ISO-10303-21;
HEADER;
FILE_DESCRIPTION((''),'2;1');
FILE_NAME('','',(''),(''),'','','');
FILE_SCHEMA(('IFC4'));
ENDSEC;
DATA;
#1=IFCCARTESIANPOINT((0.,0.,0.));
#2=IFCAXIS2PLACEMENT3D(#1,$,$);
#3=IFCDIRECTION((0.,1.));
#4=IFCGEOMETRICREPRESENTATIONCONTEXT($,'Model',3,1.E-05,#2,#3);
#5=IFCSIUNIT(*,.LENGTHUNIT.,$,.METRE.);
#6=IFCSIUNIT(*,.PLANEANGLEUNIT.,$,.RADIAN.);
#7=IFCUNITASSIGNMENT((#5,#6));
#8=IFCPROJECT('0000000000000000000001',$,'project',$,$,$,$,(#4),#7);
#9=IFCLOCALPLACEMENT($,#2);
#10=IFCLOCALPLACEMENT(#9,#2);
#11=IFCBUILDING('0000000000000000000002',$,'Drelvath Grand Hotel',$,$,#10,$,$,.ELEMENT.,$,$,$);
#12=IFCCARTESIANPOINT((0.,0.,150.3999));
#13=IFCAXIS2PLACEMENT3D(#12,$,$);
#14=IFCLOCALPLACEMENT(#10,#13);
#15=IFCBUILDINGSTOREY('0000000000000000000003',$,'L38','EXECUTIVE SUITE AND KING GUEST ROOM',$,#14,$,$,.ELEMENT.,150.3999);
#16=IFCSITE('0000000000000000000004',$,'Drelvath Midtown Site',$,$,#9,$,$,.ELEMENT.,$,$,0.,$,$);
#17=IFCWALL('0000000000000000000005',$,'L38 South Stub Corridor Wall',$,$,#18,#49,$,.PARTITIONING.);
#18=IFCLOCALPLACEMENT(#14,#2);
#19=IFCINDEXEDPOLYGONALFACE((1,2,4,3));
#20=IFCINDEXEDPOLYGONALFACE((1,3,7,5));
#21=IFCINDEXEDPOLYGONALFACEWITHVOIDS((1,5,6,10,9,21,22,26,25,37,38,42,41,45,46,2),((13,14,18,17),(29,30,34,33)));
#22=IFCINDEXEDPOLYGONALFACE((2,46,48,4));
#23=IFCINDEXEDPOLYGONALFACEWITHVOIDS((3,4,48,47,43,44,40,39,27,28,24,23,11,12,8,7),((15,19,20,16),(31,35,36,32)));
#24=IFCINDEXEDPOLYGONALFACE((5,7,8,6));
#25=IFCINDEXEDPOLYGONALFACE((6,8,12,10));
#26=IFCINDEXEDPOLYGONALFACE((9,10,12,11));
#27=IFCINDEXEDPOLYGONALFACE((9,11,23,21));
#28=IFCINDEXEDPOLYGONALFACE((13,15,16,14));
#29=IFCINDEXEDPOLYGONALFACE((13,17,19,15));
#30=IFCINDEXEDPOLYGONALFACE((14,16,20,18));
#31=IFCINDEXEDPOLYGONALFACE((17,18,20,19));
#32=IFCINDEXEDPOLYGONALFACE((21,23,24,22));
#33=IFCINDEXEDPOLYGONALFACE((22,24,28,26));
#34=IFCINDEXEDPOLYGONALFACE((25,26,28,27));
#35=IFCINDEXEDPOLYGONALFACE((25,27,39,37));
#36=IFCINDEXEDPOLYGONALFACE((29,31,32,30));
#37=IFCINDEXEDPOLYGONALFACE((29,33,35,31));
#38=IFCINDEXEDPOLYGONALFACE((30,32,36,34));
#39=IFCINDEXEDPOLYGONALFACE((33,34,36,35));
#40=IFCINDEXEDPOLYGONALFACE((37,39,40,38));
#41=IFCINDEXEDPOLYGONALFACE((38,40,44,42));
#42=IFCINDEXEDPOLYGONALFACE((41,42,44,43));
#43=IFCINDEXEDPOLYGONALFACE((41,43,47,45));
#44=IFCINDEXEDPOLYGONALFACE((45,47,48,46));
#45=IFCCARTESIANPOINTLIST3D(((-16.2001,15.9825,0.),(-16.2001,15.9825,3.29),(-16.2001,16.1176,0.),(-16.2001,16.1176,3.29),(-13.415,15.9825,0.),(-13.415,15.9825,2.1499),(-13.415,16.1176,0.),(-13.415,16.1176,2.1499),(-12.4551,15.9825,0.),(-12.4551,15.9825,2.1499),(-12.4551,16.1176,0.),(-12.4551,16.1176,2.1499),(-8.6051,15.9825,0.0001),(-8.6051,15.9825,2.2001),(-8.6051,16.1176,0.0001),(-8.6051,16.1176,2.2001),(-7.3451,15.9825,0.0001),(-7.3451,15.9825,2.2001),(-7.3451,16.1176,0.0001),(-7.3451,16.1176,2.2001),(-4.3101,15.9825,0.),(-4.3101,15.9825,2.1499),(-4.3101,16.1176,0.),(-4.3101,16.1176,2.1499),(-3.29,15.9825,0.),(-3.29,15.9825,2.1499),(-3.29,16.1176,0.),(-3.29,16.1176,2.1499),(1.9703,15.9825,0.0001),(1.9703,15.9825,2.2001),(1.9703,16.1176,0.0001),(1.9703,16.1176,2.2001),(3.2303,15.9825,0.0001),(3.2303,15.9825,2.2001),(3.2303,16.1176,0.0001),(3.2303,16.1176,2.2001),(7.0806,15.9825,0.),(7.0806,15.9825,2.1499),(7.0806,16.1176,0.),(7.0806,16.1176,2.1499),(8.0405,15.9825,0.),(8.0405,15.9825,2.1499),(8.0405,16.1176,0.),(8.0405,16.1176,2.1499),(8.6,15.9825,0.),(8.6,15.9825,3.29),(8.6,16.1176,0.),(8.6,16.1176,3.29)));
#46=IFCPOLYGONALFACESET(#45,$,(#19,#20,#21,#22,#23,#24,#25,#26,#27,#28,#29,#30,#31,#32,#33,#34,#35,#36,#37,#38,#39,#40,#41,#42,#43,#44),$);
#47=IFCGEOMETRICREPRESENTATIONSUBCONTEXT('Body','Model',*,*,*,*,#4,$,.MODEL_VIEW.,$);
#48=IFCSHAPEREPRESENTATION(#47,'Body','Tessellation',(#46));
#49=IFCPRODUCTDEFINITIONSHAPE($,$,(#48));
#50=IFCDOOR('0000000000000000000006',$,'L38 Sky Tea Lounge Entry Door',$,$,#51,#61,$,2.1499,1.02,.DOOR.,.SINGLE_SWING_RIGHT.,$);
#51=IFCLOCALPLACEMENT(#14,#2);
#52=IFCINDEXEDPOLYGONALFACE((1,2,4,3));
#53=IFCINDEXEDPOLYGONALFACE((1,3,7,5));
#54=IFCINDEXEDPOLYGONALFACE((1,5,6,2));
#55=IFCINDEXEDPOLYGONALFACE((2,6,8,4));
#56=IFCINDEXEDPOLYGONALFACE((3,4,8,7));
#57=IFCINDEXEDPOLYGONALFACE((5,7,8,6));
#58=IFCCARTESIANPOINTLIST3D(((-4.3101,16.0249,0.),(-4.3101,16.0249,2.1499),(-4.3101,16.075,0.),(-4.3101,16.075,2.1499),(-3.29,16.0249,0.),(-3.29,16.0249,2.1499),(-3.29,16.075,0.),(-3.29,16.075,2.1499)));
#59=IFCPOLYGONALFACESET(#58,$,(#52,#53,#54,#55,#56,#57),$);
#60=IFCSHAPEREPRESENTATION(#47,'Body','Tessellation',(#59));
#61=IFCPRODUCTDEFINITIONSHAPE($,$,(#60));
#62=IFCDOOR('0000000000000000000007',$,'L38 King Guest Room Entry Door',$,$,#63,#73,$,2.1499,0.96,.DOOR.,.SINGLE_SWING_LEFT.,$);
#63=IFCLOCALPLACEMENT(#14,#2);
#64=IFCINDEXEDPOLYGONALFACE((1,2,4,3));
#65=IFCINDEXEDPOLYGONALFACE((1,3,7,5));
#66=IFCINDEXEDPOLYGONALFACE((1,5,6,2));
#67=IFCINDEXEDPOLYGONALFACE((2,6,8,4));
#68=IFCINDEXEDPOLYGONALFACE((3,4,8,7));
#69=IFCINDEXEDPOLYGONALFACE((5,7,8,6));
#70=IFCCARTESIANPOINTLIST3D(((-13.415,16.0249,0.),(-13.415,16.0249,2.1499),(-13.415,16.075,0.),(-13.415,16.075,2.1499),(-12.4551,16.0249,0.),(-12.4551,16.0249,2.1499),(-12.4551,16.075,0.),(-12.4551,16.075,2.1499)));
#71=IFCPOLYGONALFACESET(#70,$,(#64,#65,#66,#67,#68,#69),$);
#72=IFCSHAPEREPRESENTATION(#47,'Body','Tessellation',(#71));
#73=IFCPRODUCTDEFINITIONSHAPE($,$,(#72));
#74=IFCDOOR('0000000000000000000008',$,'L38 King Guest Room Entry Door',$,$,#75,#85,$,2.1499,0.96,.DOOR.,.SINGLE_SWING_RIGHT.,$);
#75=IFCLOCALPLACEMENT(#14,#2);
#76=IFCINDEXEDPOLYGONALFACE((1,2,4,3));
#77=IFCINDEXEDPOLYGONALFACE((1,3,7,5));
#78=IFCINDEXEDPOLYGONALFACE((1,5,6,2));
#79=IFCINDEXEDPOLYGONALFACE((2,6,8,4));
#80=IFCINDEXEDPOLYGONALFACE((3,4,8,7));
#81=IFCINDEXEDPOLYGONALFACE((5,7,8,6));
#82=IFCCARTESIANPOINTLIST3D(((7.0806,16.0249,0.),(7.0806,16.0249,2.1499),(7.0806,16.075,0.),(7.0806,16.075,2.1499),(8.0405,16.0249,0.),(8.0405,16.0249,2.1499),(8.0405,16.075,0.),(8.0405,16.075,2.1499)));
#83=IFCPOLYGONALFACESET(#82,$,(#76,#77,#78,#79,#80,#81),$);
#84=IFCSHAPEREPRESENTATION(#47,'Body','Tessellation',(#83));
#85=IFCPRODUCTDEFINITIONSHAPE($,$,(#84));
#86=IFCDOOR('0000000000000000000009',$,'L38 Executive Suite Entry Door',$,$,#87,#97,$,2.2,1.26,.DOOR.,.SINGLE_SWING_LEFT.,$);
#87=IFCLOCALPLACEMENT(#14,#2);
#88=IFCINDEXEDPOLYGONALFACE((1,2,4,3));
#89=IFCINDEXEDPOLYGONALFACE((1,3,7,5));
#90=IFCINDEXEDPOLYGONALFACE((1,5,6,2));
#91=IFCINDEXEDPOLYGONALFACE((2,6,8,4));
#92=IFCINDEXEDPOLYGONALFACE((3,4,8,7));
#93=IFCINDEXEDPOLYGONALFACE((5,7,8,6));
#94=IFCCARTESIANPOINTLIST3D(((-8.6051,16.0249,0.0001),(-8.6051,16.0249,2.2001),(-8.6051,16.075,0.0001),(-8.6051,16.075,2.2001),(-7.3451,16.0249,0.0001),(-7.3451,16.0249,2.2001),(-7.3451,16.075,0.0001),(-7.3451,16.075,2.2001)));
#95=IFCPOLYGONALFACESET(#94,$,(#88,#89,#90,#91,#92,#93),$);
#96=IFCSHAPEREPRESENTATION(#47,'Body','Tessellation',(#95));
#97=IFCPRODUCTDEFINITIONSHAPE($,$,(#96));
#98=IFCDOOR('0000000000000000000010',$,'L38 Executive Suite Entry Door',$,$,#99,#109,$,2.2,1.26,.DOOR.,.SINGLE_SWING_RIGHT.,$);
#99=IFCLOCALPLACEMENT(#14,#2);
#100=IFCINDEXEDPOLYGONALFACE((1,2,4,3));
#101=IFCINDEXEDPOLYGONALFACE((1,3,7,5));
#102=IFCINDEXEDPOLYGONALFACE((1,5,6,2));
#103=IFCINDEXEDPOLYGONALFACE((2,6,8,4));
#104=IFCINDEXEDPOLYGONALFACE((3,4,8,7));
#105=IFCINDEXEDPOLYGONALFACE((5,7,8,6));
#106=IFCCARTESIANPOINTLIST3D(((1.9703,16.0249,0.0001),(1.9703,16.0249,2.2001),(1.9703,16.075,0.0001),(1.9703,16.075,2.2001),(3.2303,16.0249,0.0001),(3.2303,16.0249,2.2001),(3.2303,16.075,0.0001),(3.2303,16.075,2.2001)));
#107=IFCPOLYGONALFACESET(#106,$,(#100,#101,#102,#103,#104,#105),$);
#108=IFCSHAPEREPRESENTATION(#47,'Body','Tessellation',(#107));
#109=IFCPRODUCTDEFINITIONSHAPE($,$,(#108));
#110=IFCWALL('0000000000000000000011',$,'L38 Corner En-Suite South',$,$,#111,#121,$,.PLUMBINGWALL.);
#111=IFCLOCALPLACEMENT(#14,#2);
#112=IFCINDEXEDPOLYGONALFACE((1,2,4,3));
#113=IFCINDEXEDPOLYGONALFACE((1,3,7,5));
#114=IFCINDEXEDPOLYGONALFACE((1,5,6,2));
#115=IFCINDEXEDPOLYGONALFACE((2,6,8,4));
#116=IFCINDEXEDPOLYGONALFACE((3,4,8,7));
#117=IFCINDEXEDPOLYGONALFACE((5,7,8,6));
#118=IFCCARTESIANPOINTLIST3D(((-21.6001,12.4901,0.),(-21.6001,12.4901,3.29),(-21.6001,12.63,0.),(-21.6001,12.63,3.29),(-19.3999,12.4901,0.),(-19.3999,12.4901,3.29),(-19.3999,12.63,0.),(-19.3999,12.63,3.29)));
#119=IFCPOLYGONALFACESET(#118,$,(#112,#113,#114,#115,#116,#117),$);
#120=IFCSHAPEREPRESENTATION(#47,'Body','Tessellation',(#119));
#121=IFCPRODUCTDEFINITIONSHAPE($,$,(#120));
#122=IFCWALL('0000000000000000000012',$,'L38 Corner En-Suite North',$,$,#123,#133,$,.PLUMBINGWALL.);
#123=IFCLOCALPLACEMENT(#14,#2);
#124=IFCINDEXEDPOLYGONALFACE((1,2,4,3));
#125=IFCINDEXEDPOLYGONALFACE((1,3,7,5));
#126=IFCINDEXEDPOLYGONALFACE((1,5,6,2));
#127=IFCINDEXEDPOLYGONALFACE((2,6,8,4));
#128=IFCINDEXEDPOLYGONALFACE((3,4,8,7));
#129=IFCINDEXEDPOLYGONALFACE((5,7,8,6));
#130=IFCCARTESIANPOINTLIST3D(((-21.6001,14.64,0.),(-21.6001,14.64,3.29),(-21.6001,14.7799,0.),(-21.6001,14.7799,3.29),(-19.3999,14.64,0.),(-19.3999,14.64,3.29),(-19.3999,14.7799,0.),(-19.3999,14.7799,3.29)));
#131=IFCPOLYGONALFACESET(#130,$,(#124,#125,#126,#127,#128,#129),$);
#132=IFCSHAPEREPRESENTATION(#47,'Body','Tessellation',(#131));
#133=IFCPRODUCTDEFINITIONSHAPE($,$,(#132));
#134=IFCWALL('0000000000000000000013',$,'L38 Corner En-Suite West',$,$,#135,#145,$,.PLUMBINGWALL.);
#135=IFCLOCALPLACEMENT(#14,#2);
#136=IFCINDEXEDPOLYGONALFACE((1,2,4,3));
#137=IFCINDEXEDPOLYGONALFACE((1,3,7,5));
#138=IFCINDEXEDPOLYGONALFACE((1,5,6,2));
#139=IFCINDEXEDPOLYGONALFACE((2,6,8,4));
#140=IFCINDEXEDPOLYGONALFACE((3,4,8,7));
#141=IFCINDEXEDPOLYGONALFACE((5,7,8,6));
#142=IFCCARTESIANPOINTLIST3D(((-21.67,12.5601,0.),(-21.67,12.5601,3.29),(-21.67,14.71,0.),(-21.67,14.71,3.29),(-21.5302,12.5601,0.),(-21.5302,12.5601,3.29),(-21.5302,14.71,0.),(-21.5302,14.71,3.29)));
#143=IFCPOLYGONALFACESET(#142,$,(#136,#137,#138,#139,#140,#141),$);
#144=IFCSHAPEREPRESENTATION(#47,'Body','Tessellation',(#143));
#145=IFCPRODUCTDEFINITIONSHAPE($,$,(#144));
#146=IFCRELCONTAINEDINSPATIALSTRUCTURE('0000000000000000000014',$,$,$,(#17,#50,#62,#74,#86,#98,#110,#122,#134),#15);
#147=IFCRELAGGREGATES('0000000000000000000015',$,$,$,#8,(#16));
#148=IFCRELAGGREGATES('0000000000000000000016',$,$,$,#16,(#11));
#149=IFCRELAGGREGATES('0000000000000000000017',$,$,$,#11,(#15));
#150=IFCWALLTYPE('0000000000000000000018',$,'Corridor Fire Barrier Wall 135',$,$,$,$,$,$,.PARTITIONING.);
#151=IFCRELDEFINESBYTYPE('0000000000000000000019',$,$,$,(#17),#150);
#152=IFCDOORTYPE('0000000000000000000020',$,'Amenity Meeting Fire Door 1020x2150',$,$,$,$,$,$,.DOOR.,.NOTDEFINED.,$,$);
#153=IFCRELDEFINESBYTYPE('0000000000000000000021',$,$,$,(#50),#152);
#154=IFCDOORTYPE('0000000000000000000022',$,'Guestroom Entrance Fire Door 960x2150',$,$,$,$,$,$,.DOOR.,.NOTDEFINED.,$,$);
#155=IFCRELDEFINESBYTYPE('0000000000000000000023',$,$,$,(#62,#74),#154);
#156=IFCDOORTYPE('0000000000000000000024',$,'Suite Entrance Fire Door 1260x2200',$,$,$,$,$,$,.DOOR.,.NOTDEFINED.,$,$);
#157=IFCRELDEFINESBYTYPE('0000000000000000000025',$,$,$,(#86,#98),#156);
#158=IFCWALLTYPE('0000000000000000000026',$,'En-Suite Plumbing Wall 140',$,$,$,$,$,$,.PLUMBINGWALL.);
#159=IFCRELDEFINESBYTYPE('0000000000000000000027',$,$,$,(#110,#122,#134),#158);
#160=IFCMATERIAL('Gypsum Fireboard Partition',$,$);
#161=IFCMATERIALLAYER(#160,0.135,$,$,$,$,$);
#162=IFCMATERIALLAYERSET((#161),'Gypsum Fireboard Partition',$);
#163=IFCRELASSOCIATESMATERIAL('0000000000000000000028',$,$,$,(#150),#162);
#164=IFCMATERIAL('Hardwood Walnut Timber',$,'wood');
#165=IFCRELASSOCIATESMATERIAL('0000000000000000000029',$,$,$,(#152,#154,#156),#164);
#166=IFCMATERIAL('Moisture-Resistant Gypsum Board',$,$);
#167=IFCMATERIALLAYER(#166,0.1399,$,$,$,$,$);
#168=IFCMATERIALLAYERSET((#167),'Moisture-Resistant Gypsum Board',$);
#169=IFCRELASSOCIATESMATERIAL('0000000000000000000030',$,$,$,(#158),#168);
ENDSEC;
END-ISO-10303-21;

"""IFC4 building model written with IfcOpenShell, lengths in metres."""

from ifc_helpers import new_model, si_unit, direction, frame, frame_2d, origin, place, context, subcontext, project, spatial, rectangle, extrude, material, layer, layer_set, type_object, element, fill, save


model = new_model("IFC4")

# Units and contexts
model_context = context("Model", 3, precision=1e-05, world=origin(), true_north=direction((0.0, 1.0)))
body_context = subcontext(model_context, "Body", "Model", "MODEL_VIEW")
ifc_project = project(units=[si_unit("LENGTHUNIT", "METRE"), si_unit("PLANEANGLEUNIT", "RADIAN")], contexts=[model_context])

# Site, building, storey
site_placement = place(None, origin())
site = spatial("IfcSite", under=ifc_project, at=site_placement, Name="Drelvath Midtown Site", CompositionType="ELEMENT", RefElevation=0.0)
building_placement = place(site_placement, origin())
building = spatial("IfcBuilding", under=site, at=building_placement, Name="Drelvath Grand Hotel", CompositionType="ELEMENT")
storey_placement = place(building_placement, frame((0.0, 0.0, 150.3999)))
storey = spatial("IfcBuildingStorey", under=building, at=storey_placement, Name="L38", Description="EXECUTIVE SUITE AND KING GUEST ROOM", CompositionType="ELEMENT", Elevation=150.3999)

# Wall, openings, doors
ifc_material_1 = material(Name="Gypsum Fireboard Partition")
ifc_layer_1 = layer(ifc_material_1, 0.135)
ifc_layer_set_1 = layer_set([ifc_layer_1], Name="Gypsum Fireboard Partition")
wall_type_1 = type_object("IfcWallType", Name="Corridor Fire Barrier Wall 135", PredefinedType="PARTITIONING", material=ifc_layer_set_1)
wall_1_placement = place(storey_placement, frame((-16.2, 16.05, 0.0), z_axis=(0.0, 0.0, 1.0), x_axis=(1.0, 0.0, 0.0)))
wall_1 = element("IfcWall", 1, at=wall_1_placement, inside=storey, type_object=wall_type_1, Name="L38 South Stub Corridor Wall", PredefinedType="PARTITIONING", context=body_context, shape_type="SweptSolid", body=[
    extrude(rectangle(XDim=24.8, YDim=0.135, at=frame_2d((12.3999, 0.0))), origin(), (0.0, 0.0, 1.0), 3.29),
])
opening_1_placement = place(wall_1_placement, frame((2.7849, 0.0, 0.0)))
opening_1 = element("IfcOpeningElement", 2, at=opening_1_placement, cuts=wall_1, PredefinedType="OPENING", context=body_context, shape_type="SweptSolid", body=[
    extrude(rectangle(XDim=0.96, YDim=2.1499, at=frame_2d((0.48, 1.075))), frame((0.0, 0.0774, 0.0), z_axis=(0.0, -1.0, 0.0), x_axis=(1.0, 0.0, 0.0)), (0.0, 0.0, 1.0), 0.155),
])
opening_2_placement = place(wall_1_placement, frame((7.595, 0.0, 0.0)))
opening_2 = element("IfcOpeningElement", 3, at=opening_2_placement, cuts=wall_1, PredefinedType="OPENING", context=body_context, shape_type="SweptSolid", body=[
    extrude(rectangle(XDim=1.26, YDim=2.2, at=frame_2d((0.6299, 1.1001))), frame((0.0, 0.0774, 0.0), z_axis=(0.0, -1.0, 0.0), x_axis=(1.0, 0.0, 0.0)), (0.0, 0.0, 1.0), 0.155),
])
opening_3_placement = place(wall_1_placement, frame((11.8899, 0.0, 0.0)))
opening_3 = element("IfcOpeningElement", 4, at=opening_3_placement, cuts=wall_1, PredefinedType="OPENING", context=body_context, shape_type="SweptSolid", body=[
    extrude(rectangle(XDim=1.02, YDim=2.1499, at=frame_2d((0.51, 1.075))), frame((0.0, 0.0774, 0.0), z_axis=(0.0, -1.0, 0.0), x_axis=(1.0, 0.0, 0.0)), (0.0, 0.0, 1.0), 0.155),
])
opening_4_placement = place(wall_1_placement, frame((18.1704, 0.0, 0.0)))
opening_4 = element("IfcOpeningElement", 5, at=opening_4_placement, cuts=wall_1, PredefinedType="OPENING", context=body_context, shape_type="SweptSolid", body=[
    extrude(rectangle(XDim=1.26, YDim=2.2, at=frame_2d((0.6299, 1.1001))), frame((0.0, 0.0774, 0.0), z_axis=(0.0, -1.0, 0.0), x_axis=(1.0, 0.0, 0.0)), (0.0, 0.0, 1.0), 0.155),
])
opening_5_placement = place(wall_1_placement, frame((23.2805, 0.0, 0.0)))
opening_5 = element("IfcOpeningElement", 6, at=opening_5_placement, cuts=wall_1, PredefinedType="OPENING", context=body_context, shape_type="SweptSolid", body=[
    extrude(rectangle(XDim=0.96, YDim=2.1499, at=frame_2d((0.48, 1.075))), frame((0.0, 0.0774, 0.0), z_axis=(0.0, -1.0, 0.0), x_axis=(1.0, 0.0, 0.0)), (0.0, 0.0, 1.0), 0.155),
])
ifc_material_2 = material(Name="Hardwood Walnut Timber", Category="wood")
door_type_1 = type_object("IfcDoorType", Name="Amenity Meeting Fire Door 1020x2150", OperationType="NOTDEFINED", PredefinedType="DOOR", material=ifc_material_2)
door_1_placement = place(opening_3_placement, origin())
door_1 = element("IfcDoor", 7, at=door_1_placement, inside=storey, type_object=door_type_1, Name="L38 Sky Tea Lounge Entry Door", OperationType="SINGLE_SWING_RIGHT", OverallHeight=2.1499, OverallWidth=1.02, PredefinedType="DOOR", context=body_context, shape_type="SweptSolid", body=[
    extrude(rectangle(XDim=1.02, YDim=2.1499, at=frame_2d((0.51, 1.075))), frame((0.0, 0.0249, 0.0), z_axis=(0.0, -1.0, 0.0), x_axis=(1.0, 0.0, 0.0)), (0.0, 0.0, 1.0), 0.05),
])
fill(opening_3, door_1)
door_type_2 = type_object("IfcDoorType", Name="Guestroom Entrance Fire Door 960x2150", OperationType="NOTDEFINED", PredefinedType="DOOR", material=ifc_material_2)
door_2_placement = place(opening_1_placement, origin())
door_2 = element("IfcDoor", 8, at=door_2_placement, inside=storey, type_object=door_type_2, Name="L38 King Guest Room Entry Door", OperationType="SINGLE_SWING_LEFT", OverallHeight=2.1499, OverallWidth=0.96, PredefinedType="DOOR", context=body_context, shape_type="SweptSolid", body=[
    extrude(rectangle(XDim=0.96, YDim=2.1499, at=frame_2d((0.48, 1.075))), frame((0.0, 0.0249, 0.0), z_axis=(0.0, -1.0, 0.0), x_axis=(1.0, 0.0, 0.0)), (0.0, 0.0, 1.0), 0.05),
])
fill(opening_1, door_2)
door_3_placement = place(opening_5_placement, origin())
door_3 = element("IfcDoor", 9, at=door_3_placement, inside=storey, type_object=door_type_2, Name="L38 King Guest Room Entry Door", OperationType="SINGLE_SWING_RIGHT", OverallHeight=2.1499, OverallWidth=0.96, PredefinedType="DOOR", context=body_context, shape_type="SweptSolid", body=[
    extrude(rectangle(XDim=0.96, YDim=2.1499, at=frame_2d((0.48, 1.075))), frame((0.0, 0.0249, 0.0), z_axis=(0.0, -1.0, 0.0), x_axis=(1.0, 0.0, 0.0)), (0.0, 0.0, 1.0), 0.05),
])
fill(opening_5, door_3)
door_type_3 = type_object("IfcDoorType", Name="Suite Entrance Fire Door 1260x2200", OperationType="NOTDEFINED", PredefinedType="DOOR", material=ifc_material_2)
door_4_placement = place(opening_2_placement, origin())
door_4 = element("IfcDoor", 10, at=door_4_placement, inside=storey, type_object=door_type_3, Name="L38 Executive Suite Entry Door", OperationType="SINGLE_SWING_LEFT", OverallHeight=2.2, OverallWidth=1.26, PredefinedType="DOOR", context=body_context, shape_type="SweptSolid", body=[
    extrude(rectangle(XDim=1.26, YDim=2.2, at=frame_2d((0.6299, 1.1001))), frame((0.0, 0.0249, 0.0), z_axis=(0.0, -1.0, 0.0), x_axis=(1.0, 0.0, 0.0)), (0.0, 0.0, 1.0), 0.05),
])
fill(opening_2, door_4)
door_5_placement = place(opening_4_placement, origin())
door_5 = element("IfcDoor", 11, at=door_5_placement, inside=storey, type_object=door_type_3, Name="L38 Executive Suite Entry Door", OperationType="SINGLE_SWING_RIGHT", OverallHeight=2.2, OverallWidth=1.26, PredefinedType="DOOR", context=body_context, shape_type="SweptSolid", body=[
    extrude(rectangle(XDim=1.26, YDim=2.2, at=frame_2d((0.6299, 1.1001))), frame((0.0, 0.0249, 0.0), z_axis=(0.0, -1.0, 0.0), x_axis=(1.0, 0.0, 0.0)), (0.0, 0.0, 1.0), 0.05),
])
fill(opening_4, door_5)

# Walls
ifc_material_3 = material(Name="Moisture-Resistant Gypsum Board")
ifc_layer_2 = layer(ifc_material_3, 0.1399)
ifc_layer_set_2 = layer_set([ifc_layer_2], Name="Moisture-Resistant Gypsum Board")
wall_type_2 = type_object("IfcWallType", Name="En-Suite Plumbing Wall 140", PredefinedType="PLUMBINGWALL", material=ifc_layer_set_2)
for number, where, z_axis, x_axis, name in (
    (12, (-21.6001, 12.5601, 0.0), (0.0, 0.0, 1.0), (1.0, 0.0, 0.0), "L38 Corner En-Suite South"),
    (13, (-21.6001, 14.71, 0.0), (0.0, 0.0, 1.0), (1.0, 0.0, 0.0), "L38 Corner En-Suite North"),
):
    element("IfcWall", number, at=place(storey_placement, frame(where, z_axis=z_axis, x_axis=x_axis)), inside=storey, type_object=wall_type_2, Name=name, PredefinedType="PLUMBINGWALL", context=body_context, shape_type="SweptSolid", body=[
        extrude(rectangle(XDim=2.2002, YDim=0.1399, at=frame_2d((1.1001, 0.0))), origin(), (0.0, 0.0, 1.0), 3.29),
    ])
wall_2_placement = place(storey_placement, frame((-21.6001, 12.5601, 0.0), z_axis=(0.0, 0.0, 1.0), x_axis=(0.0, 1.0, 0.0)))
element("IfcWall", 14, at=wall_2_placement, inside=storey, type_object=wall_type_2, Name="L38 Corner En-Suite West", PredefinedType="PLUMBINGWALL", context=body_context, shape_type="SweptSolid", body=[
    extrude(rectangle(XDim=2.1499, YDim=0.1399, at=frame_2d((1.075, 0.0))), origin(), (0.0, 0.0, 1.0), 3.29),
])

save(model, "model.ifc")
